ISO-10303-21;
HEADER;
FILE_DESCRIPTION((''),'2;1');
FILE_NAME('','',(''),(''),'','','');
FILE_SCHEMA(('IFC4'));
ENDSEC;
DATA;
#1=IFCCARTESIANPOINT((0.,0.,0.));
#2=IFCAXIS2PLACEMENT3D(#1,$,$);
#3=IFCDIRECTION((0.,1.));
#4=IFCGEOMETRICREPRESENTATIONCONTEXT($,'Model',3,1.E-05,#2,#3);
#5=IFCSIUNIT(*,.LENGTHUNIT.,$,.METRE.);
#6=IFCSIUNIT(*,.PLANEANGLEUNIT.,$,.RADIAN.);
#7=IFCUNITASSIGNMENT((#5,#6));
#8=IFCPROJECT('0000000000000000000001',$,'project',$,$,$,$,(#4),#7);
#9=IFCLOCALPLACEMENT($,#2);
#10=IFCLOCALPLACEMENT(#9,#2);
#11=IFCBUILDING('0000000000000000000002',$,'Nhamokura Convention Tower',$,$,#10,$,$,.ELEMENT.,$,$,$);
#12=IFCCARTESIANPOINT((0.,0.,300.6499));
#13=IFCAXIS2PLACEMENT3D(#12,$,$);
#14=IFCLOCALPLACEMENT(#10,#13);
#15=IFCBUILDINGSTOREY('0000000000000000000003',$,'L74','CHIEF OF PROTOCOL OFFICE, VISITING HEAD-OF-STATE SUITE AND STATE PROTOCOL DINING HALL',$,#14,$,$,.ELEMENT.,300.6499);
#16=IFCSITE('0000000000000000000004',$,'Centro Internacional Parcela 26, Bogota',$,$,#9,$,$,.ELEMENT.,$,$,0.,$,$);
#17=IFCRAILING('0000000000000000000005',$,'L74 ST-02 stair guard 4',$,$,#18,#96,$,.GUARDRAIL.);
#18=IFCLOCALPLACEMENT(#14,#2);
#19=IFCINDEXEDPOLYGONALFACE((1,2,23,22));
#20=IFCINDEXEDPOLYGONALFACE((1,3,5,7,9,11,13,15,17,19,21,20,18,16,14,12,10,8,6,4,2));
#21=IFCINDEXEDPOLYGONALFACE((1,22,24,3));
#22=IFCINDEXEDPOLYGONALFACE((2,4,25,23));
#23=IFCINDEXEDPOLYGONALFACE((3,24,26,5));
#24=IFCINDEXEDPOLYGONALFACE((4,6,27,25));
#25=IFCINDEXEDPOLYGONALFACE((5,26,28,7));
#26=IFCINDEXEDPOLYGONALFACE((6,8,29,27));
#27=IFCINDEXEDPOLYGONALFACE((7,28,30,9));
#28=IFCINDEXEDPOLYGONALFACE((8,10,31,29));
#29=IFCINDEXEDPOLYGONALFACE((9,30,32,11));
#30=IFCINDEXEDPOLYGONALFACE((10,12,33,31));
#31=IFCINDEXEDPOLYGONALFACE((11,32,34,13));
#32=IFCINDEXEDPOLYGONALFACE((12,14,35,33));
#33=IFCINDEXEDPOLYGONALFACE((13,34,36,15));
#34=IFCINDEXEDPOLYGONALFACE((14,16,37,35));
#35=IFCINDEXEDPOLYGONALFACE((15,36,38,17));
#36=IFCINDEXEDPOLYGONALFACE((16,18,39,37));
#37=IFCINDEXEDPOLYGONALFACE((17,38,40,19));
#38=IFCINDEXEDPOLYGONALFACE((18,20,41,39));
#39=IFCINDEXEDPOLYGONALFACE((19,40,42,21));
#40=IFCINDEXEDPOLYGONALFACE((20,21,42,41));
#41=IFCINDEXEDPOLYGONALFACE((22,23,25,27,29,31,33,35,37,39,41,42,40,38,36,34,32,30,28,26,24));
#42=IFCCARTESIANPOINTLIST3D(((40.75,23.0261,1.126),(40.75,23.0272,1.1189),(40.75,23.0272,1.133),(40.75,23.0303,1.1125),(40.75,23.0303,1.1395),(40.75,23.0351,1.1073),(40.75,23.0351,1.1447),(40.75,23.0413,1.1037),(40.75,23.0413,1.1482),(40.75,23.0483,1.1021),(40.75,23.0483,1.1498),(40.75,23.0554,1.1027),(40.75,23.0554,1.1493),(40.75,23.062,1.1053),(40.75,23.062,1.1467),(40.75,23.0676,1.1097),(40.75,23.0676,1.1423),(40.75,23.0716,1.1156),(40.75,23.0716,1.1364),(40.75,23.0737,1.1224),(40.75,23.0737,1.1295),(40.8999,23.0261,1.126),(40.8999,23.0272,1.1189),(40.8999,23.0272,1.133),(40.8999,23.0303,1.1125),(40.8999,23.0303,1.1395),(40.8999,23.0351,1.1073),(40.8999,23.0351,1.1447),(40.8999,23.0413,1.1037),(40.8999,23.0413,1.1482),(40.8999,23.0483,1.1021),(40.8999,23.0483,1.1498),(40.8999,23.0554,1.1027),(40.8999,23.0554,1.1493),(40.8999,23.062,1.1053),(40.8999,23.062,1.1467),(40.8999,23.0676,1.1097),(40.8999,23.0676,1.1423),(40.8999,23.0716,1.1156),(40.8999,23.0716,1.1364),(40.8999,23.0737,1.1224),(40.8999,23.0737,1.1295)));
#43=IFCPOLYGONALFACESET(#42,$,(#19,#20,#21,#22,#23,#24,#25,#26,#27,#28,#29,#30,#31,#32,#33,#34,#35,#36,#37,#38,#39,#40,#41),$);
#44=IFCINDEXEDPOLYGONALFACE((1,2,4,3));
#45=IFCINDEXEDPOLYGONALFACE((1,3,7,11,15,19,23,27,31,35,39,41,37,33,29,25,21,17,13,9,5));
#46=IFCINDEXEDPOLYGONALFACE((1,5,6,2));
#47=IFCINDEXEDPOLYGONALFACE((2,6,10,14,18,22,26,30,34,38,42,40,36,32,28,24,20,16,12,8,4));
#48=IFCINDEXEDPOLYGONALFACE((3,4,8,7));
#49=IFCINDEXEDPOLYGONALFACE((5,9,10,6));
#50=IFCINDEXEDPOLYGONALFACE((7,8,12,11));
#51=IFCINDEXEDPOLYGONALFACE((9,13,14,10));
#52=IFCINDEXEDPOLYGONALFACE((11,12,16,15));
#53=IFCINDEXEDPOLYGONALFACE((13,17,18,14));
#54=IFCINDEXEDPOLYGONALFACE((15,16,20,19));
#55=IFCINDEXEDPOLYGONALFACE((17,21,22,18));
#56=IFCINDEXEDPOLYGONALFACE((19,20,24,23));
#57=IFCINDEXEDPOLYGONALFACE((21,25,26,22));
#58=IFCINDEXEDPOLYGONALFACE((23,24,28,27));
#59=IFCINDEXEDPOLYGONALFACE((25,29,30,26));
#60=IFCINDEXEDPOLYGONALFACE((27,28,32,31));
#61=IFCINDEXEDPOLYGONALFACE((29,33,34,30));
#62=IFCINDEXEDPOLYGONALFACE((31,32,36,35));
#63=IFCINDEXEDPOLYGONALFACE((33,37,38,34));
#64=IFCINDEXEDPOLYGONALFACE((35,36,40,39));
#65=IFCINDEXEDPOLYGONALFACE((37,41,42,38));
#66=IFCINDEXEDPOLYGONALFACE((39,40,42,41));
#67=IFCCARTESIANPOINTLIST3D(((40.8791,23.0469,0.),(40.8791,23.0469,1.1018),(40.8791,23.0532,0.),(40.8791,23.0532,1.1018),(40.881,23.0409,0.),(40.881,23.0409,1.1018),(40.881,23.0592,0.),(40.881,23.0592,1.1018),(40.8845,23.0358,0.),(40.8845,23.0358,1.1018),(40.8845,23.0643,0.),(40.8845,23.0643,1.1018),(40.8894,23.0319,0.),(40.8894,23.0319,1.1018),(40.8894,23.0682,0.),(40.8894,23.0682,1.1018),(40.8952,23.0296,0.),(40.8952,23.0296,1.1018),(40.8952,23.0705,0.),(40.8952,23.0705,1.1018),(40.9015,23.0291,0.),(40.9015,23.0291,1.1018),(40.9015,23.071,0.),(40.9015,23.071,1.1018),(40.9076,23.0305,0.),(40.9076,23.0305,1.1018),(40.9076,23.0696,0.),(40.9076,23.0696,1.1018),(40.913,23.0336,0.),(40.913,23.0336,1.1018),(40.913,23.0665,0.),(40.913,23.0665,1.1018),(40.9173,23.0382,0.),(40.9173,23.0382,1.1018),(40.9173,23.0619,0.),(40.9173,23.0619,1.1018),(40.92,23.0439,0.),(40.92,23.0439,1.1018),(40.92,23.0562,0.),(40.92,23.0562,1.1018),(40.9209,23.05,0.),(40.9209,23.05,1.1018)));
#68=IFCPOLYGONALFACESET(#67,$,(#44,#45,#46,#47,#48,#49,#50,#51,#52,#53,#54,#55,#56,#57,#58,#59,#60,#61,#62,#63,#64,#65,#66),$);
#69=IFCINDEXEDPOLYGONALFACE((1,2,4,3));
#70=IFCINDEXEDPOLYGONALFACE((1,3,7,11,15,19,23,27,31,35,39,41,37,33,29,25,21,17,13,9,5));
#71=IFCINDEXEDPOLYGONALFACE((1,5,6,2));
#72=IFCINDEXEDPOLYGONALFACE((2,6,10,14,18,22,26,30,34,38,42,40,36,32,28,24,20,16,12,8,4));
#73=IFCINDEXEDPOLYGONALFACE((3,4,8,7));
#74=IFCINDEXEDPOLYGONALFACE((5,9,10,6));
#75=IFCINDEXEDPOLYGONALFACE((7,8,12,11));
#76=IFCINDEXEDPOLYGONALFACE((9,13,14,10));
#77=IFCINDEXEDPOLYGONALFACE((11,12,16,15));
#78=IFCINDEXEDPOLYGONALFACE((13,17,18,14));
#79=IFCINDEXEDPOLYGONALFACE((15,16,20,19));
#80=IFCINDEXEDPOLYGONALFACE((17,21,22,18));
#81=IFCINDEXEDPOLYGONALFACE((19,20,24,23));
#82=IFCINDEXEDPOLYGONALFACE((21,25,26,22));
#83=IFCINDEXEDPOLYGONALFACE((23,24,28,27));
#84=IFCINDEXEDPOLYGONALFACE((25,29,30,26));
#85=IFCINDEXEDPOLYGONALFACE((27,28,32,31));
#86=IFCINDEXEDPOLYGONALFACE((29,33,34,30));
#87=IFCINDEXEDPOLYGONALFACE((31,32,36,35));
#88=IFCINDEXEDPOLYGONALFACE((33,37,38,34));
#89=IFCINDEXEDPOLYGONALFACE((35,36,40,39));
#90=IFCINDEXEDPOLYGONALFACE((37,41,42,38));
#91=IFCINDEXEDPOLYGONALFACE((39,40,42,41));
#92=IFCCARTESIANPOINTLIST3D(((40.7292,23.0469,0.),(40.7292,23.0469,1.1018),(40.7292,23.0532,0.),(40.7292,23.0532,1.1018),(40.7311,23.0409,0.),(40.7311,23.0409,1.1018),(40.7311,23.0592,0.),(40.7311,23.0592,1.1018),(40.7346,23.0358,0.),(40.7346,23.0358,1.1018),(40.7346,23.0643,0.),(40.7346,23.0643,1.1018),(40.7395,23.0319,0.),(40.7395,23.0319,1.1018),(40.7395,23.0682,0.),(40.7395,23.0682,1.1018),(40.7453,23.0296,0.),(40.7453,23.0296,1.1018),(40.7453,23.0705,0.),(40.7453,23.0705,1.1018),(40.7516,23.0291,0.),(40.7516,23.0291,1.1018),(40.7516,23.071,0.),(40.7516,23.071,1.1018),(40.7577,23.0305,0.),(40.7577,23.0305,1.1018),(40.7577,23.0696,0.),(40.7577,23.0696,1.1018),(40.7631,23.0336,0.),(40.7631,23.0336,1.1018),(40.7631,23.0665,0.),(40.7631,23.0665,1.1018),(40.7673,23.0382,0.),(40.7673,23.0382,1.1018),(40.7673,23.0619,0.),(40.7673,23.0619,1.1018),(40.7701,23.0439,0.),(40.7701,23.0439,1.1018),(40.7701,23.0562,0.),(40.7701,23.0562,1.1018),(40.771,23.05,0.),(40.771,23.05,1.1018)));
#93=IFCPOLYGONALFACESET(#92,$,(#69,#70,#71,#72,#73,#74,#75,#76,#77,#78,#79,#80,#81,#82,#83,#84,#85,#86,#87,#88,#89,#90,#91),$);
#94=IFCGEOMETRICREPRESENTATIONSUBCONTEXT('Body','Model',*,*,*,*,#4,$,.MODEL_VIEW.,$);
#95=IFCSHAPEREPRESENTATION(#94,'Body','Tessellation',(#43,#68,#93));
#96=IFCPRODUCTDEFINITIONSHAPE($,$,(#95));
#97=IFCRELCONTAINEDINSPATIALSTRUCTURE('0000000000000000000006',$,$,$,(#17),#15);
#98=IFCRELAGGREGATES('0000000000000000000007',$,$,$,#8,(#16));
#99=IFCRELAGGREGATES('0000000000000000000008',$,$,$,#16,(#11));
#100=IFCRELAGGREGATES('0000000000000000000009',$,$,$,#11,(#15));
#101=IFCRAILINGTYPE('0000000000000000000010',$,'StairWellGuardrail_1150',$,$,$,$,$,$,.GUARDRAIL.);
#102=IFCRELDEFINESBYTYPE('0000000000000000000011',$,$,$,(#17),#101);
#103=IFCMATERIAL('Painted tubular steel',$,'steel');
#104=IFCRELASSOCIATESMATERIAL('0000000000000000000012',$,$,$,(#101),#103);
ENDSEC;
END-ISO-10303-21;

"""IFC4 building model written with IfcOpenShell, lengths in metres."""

from ifc_helpers import new_model, si_unit, direction, frame, origin, origin_2d, place, context, subcontext, project, spatial, circle, extrude, material, type_object, element, save


model = new_model("IFC4")

# Units and contexts
model_context = context("Model", 3, precision=1e-05, world=origin(), true_north=direction((0.0, 1.0)))
body_context = subcontext(model_context, "Body", "Model", "MODEL_VIEW")
ifc_project = project(units=[si_unit("LENGTHUNIT", "METRE"), si_unit("PLANEANGLEUNIT", "RADIAN")], contexts=[model_context])

# Site, building, storey
site_placement = place(None, origin())
site = spatial("IfcSite", under=ifc_project, at=site_placement, Name="Centro Internacional Parcela 26, Bogota", CompositionType="ELEMENT", RefElevation=0.0)
building_placement = place(site_placement, origin())
building = spatial("IfcBuilding", under=site, at=building_placement, Name="Nhamokura Convention Tower", CompositionType="ELEMENT")
storey_placement = place(building_placement, frame((0.0, 0.0, 300.6499)))
storey = spatial("IfcBuildingStorey", under=building, at=storey_placement, Name="L74", Description="CHIEF OF PROTOCOL OFFICE, VISITING HEAD-OF-STATE SUITE AND STATE PROTOCOL DINING HALL", CompositionType="ELEMENT", Elevation=300.6499)

# Railing
ifc_material_1 = material(Name="Painted tubular steel", Category="steel")
railing_type_1 = type_object("IfcRailingType", Name="StairWellGuardrail_1150", PredefinedType="GUARDRAIL", material=ifc_material_1)
railing_1_placement = place(storey_placement, frame((40.8999, 23.05, 0.0)))
element("IfcRailing", 1, at=railing_1_placement, inside=storey, type_object=railing_type_1, Name="L74 ST-02 stair guard 4", PredefinedType="GUARDRAIL", context=body_context, shape_type="SweptSolid", body=[
    extrude(circle(Radius=0.0239, at=origin_2d()), frame((0.0, 0.0, 1.126), z_axis=(-1.0, 0.0, 0.0), x_axis=(0.0, -1.0, 0.0)), (0.0, 0.0, 1.0), 0.1499),
    extrude(circle(Radius=0.021, at=origin_2d()), origin(), (0.0, 0.0, 1.0), 1.1018),
    extrude(circle(Radius=0.021, at=origin_2d()), frame((-0.1499, 0.0, 0.0)), (0.0, 0.0, 1.0), 1.1018),
])

save(model, "model.ifc")
